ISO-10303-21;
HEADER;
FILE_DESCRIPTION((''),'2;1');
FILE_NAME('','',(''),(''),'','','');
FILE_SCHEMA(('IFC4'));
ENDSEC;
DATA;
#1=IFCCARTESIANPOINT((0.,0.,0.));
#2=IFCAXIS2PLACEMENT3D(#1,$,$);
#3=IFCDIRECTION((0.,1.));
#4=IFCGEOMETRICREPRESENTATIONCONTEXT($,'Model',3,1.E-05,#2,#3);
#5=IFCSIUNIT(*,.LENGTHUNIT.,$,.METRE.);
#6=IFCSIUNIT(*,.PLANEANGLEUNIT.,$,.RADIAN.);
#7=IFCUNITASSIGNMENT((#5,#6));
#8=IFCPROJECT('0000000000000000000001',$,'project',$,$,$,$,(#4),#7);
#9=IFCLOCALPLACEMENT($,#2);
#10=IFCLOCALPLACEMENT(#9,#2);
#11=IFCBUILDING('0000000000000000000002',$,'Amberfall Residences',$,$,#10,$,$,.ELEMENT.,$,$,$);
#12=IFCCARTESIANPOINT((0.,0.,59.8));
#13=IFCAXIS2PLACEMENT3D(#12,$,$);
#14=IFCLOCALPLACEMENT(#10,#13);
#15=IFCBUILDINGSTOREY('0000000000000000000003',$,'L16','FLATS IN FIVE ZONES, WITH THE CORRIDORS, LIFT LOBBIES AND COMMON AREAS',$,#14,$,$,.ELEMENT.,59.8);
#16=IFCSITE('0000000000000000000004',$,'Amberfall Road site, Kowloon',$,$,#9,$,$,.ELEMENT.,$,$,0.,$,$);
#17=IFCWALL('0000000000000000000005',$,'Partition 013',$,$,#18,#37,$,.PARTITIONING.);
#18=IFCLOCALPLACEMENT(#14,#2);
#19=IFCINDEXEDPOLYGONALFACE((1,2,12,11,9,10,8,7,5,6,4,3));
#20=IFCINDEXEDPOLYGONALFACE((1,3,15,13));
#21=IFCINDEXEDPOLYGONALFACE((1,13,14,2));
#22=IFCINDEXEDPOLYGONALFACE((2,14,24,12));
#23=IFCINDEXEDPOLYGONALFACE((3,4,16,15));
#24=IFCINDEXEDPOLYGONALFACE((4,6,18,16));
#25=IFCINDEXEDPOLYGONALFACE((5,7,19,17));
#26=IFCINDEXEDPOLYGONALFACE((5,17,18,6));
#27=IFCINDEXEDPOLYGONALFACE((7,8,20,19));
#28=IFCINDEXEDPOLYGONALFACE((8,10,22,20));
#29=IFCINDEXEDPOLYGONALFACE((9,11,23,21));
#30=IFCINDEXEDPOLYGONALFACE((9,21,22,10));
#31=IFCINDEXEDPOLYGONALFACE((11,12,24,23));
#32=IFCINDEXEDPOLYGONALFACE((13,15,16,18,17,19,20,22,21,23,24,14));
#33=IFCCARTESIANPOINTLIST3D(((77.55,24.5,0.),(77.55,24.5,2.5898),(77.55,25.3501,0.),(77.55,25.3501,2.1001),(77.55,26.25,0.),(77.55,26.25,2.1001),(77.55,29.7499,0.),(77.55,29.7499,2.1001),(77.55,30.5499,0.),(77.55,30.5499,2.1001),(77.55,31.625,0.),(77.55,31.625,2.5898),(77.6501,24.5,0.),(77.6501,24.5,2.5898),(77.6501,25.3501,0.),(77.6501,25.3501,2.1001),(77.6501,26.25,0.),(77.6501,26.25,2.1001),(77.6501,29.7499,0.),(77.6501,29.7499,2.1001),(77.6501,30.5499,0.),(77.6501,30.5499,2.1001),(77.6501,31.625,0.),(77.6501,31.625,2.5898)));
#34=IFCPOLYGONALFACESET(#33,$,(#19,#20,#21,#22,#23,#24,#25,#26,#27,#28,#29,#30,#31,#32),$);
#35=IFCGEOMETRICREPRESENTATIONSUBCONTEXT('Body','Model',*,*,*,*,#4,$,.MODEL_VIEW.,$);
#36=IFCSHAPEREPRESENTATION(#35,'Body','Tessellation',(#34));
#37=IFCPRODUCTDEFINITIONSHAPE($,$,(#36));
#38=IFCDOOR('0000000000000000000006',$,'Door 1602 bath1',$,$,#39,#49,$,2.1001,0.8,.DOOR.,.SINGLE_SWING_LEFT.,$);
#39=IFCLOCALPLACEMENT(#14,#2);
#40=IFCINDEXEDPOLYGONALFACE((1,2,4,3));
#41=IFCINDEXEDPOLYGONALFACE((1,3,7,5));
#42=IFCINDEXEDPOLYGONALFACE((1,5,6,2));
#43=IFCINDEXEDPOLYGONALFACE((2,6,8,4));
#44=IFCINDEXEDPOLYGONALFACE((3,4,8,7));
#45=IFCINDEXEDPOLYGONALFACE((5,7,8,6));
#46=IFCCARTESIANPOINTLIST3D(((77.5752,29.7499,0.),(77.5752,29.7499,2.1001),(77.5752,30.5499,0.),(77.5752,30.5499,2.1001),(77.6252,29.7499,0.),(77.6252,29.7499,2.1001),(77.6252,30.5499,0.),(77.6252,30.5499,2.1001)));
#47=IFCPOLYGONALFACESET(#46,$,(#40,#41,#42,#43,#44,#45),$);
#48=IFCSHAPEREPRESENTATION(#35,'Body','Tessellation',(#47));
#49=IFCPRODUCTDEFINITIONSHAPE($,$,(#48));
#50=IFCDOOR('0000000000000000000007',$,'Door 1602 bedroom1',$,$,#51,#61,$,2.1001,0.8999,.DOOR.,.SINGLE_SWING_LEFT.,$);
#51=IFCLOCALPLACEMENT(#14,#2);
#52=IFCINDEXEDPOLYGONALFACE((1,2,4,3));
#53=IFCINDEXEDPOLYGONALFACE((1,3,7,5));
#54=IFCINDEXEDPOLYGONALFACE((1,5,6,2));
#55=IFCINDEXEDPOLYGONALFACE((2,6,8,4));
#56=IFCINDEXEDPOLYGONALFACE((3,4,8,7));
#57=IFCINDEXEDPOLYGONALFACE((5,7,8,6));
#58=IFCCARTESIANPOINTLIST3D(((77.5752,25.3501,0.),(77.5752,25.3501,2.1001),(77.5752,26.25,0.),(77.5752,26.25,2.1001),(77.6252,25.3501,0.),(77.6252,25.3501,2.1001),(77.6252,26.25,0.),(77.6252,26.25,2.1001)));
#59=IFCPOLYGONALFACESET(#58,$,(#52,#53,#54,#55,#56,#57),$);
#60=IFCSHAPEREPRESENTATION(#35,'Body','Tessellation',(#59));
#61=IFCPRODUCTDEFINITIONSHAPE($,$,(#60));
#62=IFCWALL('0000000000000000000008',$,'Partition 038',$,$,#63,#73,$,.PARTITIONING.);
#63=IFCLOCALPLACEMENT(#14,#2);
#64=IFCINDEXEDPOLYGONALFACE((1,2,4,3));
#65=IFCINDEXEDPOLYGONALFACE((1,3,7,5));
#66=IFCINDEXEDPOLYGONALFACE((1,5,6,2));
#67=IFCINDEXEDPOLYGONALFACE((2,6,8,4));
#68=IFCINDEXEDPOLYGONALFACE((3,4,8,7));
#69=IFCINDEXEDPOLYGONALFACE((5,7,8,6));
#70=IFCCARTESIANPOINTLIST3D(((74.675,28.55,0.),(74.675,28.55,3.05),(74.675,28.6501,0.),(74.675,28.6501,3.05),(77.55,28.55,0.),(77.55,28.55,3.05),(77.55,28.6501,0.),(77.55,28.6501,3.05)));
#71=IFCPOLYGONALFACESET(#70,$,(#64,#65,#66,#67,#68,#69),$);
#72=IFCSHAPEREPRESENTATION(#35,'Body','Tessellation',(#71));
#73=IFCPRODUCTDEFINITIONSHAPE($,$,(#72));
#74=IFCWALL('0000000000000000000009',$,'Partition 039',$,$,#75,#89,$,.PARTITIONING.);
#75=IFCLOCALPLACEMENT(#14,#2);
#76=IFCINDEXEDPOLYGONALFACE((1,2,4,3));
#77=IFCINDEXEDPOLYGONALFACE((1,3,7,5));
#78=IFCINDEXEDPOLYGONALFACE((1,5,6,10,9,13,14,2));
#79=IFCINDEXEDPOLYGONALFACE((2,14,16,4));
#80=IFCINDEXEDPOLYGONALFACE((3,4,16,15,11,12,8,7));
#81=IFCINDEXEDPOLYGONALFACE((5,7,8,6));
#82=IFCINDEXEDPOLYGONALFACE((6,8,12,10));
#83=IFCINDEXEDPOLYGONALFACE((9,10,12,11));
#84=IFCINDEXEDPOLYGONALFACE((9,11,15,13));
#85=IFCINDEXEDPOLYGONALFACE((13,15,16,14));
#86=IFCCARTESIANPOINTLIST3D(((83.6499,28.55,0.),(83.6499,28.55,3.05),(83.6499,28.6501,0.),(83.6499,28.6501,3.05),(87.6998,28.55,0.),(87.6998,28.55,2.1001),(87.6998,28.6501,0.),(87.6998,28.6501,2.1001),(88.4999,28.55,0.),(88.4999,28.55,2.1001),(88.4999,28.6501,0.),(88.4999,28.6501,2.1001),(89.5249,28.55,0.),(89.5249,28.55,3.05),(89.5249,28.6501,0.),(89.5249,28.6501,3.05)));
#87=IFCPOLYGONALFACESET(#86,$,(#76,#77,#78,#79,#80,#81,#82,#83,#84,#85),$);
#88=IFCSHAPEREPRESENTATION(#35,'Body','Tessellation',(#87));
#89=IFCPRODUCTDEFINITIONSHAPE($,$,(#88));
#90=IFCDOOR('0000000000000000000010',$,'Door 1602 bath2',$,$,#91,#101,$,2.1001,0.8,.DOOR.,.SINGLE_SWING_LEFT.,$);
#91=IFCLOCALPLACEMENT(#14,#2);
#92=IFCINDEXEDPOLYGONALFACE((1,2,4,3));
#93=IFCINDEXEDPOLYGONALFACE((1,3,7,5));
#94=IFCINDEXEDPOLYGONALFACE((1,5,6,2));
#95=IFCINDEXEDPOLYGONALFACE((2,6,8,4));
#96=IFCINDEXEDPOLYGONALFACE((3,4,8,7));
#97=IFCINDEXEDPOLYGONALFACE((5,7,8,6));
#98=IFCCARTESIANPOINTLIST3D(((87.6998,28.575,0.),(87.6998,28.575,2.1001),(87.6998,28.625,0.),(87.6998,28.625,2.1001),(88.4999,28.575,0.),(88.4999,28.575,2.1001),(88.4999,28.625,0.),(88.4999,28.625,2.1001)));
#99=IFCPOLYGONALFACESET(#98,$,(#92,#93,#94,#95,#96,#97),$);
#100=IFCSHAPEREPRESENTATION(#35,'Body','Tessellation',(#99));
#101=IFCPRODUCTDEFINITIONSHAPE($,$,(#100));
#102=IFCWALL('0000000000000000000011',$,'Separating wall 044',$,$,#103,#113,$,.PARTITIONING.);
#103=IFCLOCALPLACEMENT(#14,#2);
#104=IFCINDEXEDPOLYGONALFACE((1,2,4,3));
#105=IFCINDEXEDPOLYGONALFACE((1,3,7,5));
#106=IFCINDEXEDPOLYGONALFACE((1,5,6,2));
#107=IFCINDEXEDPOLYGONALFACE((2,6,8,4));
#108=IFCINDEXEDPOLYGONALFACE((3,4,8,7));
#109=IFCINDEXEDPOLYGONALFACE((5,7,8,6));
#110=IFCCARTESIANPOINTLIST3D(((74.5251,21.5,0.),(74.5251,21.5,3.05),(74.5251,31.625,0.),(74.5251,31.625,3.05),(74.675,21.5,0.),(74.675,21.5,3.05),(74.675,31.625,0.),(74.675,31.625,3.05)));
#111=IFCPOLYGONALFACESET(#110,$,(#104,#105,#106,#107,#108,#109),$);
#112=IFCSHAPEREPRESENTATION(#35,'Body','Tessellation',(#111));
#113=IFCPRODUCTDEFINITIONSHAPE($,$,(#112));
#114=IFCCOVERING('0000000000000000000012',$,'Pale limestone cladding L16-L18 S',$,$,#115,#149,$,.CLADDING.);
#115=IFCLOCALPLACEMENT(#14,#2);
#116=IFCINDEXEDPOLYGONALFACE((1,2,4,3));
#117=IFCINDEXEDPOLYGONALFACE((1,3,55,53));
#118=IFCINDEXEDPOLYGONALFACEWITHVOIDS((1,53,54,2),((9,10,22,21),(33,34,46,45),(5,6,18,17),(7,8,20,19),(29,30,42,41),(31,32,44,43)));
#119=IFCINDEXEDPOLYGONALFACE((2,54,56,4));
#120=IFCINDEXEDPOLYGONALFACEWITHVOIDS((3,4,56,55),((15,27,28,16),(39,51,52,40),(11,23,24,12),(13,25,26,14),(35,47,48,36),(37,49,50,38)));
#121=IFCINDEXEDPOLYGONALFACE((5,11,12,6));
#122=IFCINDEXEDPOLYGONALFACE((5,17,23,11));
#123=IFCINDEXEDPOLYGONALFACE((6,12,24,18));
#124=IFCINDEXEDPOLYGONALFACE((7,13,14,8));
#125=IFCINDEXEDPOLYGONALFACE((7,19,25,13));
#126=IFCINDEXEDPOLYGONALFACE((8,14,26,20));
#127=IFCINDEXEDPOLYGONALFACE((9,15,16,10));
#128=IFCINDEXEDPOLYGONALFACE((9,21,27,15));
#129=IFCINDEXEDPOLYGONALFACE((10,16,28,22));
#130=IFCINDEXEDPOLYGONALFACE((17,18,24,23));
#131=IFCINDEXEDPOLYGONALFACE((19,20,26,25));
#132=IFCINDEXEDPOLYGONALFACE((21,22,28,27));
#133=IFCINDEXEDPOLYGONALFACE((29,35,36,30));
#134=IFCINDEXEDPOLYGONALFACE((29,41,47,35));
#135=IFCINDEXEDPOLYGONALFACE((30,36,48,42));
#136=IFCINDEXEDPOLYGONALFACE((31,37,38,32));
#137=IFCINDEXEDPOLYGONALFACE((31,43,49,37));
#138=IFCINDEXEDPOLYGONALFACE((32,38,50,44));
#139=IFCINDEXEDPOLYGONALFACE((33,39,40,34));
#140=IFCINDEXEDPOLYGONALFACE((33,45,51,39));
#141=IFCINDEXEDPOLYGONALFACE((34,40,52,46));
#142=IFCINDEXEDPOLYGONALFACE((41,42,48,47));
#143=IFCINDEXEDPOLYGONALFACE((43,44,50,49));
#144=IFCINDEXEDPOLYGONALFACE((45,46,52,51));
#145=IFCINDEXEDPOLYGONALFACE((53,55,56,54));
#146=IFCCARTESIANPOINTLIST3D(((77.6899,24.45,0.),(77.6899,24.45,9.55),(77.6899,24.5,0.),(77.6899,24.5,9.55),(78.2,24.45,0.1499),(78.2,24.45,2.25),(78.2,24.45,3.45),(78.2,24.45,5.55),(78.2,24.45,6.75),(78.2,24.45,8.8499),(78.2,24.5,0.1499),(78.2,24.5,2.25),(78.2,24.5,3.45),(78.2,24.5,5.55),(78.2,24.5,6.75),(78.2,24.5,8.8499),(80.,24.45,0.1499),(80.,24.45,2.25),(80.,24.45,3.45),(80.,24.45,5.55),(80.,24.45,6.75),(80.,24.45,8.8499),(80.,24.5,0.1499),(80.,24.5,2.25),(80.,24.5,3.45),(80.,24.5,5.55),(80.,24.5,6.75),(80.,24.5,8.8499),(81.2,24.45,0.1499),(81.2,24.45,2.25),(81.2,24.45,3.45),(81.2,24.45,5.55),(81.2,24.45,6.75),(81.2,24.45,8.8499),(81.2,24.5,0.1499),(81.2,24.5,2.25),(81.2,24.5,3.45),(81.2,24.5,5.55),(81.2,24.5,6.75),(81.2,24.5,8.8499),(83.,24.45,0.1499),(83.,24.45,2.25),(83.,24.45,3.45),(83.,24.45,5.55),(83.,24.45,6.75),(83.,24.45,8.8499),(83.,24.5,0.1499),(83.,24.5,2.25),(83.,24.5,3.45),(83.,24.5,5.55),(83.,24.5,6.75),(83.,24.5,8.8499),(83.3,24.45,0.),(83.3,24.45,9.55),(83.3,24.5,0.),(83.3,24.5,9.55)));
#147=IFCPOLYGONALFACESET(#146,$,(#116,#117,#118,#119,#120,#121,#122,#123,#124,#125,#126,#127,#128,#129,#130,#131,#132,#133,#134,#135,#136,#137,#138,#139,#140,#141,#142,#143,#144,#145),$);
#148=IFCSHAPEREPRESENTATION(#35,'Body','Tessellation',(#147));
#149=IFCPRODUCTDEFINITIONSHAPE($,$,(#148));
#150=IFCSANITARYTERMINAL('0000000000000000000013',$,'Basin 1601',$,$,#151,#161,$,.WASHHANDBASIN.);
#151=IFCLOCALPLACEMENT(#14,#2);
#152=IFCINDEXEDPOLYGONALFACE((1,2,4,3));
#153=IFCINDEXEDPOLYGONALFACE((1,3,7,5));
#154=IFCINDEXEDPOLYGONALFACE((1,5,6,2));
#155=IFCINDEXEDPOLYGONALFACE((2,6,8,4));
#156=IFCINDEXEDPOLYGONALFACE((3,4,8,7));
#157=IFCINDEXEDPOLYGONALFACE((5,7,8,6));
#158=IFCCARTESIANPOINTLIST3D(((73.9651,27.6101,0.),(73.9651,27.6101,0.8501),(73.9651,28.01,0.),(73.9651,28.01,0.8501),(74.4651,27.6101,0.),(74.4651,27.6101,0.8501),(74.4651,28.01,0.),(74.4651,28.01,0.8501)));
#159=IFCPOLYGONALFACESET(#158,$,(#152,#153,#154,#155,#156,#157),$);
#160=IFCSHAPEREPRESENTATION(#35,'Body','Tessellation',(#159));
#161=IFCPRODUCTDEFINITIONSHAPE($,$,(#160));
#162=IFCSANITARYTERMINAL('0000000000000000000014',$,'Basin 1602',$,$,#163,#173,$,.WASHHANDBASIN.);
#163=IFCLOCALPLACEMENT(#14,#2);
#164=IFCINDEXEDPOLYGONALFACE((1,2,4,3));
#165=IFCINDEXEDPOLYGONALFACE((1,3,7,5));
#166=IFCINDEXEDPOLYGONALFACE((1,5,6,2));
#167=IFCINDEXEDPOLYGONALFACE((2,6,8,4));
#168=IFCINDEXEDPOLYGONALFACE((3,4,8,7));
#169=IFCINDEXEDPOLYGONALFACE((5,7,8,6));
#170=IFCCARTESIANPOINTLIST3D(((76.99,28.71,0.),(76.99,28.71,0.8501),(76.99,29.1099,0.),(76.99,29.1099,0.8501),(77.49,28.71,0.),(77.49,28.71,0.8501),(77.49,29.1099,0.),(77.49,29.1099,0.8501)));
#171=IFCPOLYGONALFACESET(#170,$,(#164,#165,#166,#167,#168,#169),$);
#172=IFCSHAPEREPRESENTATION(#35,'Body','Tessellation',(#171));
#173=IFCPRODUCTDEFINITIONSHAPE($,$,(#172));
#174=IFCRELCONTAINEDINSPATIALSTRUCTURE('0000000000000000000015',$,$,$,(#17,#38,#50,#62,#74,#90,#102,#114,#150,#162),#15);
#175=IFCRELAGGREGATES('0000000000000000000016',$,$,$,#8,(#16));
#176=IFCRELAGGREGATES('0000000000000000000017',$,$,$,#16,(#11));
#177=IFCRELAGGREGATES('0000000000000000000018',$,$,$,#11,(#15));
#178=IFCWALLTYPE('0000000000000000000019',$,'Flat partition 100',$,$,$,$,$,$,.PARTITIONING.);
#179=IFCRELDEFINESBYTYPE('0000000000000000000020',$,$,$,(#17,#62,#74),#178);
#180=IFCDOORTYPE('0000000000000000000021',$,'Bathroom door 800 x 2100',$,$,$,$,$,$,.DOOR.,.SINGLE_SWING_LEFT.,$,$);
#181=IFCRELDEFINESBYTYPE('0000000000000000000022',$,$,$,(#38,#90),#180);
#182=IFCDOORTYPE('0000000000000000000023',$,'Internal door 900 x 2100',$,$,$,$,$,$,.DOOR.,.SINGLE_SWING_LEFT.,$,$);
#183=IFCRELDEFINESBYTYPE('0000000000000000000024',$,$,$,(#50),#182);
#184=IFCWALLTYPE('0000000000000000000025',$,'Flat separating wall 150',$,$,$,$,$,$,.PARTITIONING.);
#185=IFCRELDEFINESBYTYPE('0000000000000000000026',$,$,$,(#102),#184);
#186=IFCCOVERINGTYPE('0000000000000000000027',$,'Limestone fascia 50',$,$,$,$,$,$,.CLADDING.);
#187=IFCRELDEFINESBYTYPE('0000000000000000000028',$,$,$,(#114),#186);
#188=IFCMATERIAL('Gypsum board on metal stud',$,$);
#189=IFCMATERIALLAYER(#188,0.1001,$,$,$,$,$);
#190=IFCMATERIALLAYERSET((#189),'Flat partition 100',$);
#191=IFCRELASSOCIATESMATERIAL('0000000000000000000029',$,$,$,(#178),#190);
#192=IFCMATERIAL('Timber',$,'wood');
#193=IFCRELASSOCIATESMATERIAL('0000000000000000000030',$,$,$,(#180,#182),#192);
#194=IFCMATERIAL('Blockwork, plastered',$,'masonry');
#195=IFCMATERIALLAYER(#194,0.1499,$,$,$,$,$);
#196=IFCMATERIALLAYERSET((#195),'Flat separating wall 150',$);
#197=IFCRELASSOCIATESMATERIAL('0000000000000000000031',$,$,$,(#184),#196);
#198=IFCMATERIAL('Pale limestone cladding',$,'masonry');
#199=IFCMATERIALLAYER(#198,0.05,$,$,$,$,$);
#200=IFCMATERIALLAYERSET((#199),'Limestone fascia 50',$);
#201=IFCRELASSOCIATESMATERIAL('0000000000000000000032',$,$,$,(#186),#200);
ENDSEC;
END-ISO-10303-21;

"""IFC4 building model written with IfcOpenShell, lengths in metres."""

from ifc_helpers import new_model, si_unit, direction, frame, frame_2d, origin, origin_2d, place, context, subcontext, project, spatial, polyline, rectangle, outline, extrude, material, layer, layer_set, type_object, element, fill, save


model = new_model("IFC4")

# Units and contexts
model_context = context("Model", 3, precision=1e-05, world=origin(), true_north=direction((0.0, 1.0)))
body_context = subcontext(model_context, "Body", "Model", "MODEL_VIEW")
ifc_project = project(units=[si_unit("LENGTHUNIT", "METRE"), si_unit("PLANEANGLEUNIT", "RADIAN")], contexts=[model_context])

# Site, building, storey
site_placement = place(None, origin())
site = spatial("IfcSite", under=ifc_project, at=site_placement, Name="Amberfall Road site, Kowloon", CompositionType="ELEMENT", RefElevation=0.0)
building_placement = place(site_placement, origin())
building = spatial("IfcBuilding", under=site, at=building_placement, Name="Amberfall Residences", CompositionType="ELEMENT")
storey_placement = place(building_placement, frame((0.0, 0.0, 59.8)))
storey = spatial("IfcBuildingStorey", under=building, at=storey_placement, Name="L16", Description="FLATS IN FIVE ZONES, WITH THE CORRIDORS, LIFT LOBBIES AND COMMON AREAS", CompositionType="ELEMENT", Elevation=59.8)

# Wall, openings, doors
ifc_material_1 = material(Name="Gypsum board on metal stud")
ifc_layer_1 = layer(ifc_material_1, 0.1001)
ifc_layer_set_1 = layer_set([ifc_layer_1], Name="Flat partition 100")
wall_type_1 = type_object("IfcWallType", Name="Flat partition 100", PredefinedType="PARTITIONING", material=ifc_layer_set_1)
wall_1_placement = place(storey_placement, frame((77.6001, 24.5, 0.0), z_axis=(0.0, 0.0, 1.0), x_axis=(0.0, 1.0, 0.0)))
wall_1 = element("IfcWall", 1, at=wall_1_placement, inside=storey, type_object=wall_type_1, Name="Partition 013", PredefinedType="PARTITIONING", context=body_context, shape_type="SweptSolid", body=[
    extrude(rectangle(XDim=7.125, YDim=0.1001, at=frame_2d((3.5625, 0.0))), origin(), (0.0, 0.0, 1.0), 2.5898),
])
opening_1_placement = place(wall_1_placement, frame((0.8501, 0.0, 0.0)))
opening_1 = element("IfcOpeningElement", 2, at=opening_1_placement, cuts=wall_1, PredefinedType="OPENING", context=body_context, shape_type="SweptSolid", body=[
    extrude(rectangle(XDim=0.8999, YDim=2.1001, at=frame_2d((0.45, 1.05))), frame((0.0, 0.0601, 0.0), z_axis=(0.0, -1.0, 0.0), x_axis=(1.0, 0.0, 0.0)), (0.0, 0.0, 1.0), 0.1201),
])
opening_2_placement = place(wall_1_placement, frame((5.25, 0.0, 0.0)))
opening_2 = element("IfcOpeningElement", 3, at=opening_2_placement, cuts=wall_1, PredefinedType="OPENING", context=body_context, shape_type="SweptSolid", body=[
    extrude(rectangle(XDim=0.8, YDim=2.1001, at=frame_2d((0.3999, 1.05))), frame((0.0, 0.0601, 0.0), z_axis=(0.0, -1.0, 0.0), x_axis=(1.0, 0.0, 0.0)), (0.0, 0.0, 1.0), 0.1201),
])
ifc_material_2 = material(Name="Timber", Category="wood")
door_type_1 = type_object("IfcDoorType", Name="Bathroom door 800 x 2100", OperationType="SINGLE_SWING_LEFT", PredefinedType="DOOR", material=ifc_material_2)
door_1_placement = place(opening_2_placement, origin())
door_1 = element("IfcDoor", 4, at=door_1_placement, inside=storey, type_object=door_type_1, Name="Door 1602 bath1", OperationType="SINGLE_SWING_LEFT", OverallHeight=2.1001, OverallWidth=0.8, PredefinedType="DOOR", context=body_context, shape_type="SweptSolid", body=[
    extrude(rectangle(XDim=0.8, YDim=2.1001, at=frame_2d((0.3999, 1.05))), frame((0.0, 0.0249, 0.0), z_axis=(0.0, -1.0, 0.0), x_axis=(1.0, 0.0, 0.0)), (0.0, 0.0, 1.0), 0.05),
])
fill(opening_2, door_1)
door_type_2 = type_object("IfcDoorType", Name="Internal door 900 x 2100", OperationType="SINGLE_SWING_LEFT", PredefinedType="DOOR", material=ifc_material_2)
door_2_placement = place(opening_1_placement, origin())
door_2 = element("IfcDoor", 5, at=door_2_placement, inside=storey, type_object=door_type_2, Name="Door 1602 bedroom1", OperationType="SINGLE_SWING_LEFT", OverallHeight=2.1001, OverallWidth=0.8999, PredefinedType="DOOR", context=body_context, shape_type="SweptSolid", body=[
    extrude(rectangle(XDim=0.8999, YDim=2.1001, at=frame_2d((0.45, 1.05))), frame((0.0, 0.0249, 0.0), z_axis=(0.0, -1.0, 0.0), x_axis=(1.0, 0.0, 0.0)), (0.0, 0.0, 1.0), 0.05),
])
fill(opening_1, door_2)

# Wall
wall_2_placement = place(storey_placement, frame((74.675, 28.6001, 0.0), z_axis=(0.0, 0.0, 1.0), x_axis=(1.0, 0.0, 0.0)))
element("IfcWall", 6, at=wall_2_placement, inside=storey, type_object=wall_type_1, Name="Partition 038", PredefinedType="PARTITIONING", context=body_context, shape_type="SweptSolid", body=[
    extrude(rectangle(XDim=2.875, YDim=0.1001, at=frame_2d((1.4375, 0.0))), origin(), (0.0, 0.0, 1.0), 3.05),
])

# Wall, opening, door
wall_3_placement = place(storey_placement, frame((83.6499, 28.6001, 0.0), z_axis=(0.0, 0.0, 1.0), x_axis=(1.0, 0.0, 0.0)))
wall_3 = element("IfcWall", 7, at=wall_3_placement, inside=storey, type_object=wall_type_1, Name="Partition 039", PredefinedType="PARTITIONING", context=body_context, shape_type="SweptSolid", body=[
    extrude(rectangle(XDim=5.875, YDim=0.1001, at=frame_2d((2.9375, 0.0))), origin(), (0.0, 0.0, 1.0), 3.05),
])
opening_3_placement = place(wall_3_placement, frame((4.05, 0.0, 0.0)))
opening_3 = element("IfcOpeningElement", 8, at=opening_3_placement, cuts=wall_3, PredefinedType="OPENING", context=body_context, shape_type="SweptSolid", body=[
    extrude(rectangle(XDim=0.8, YDim=2.1001, at=frame_2d((0.3999, 1.05))), frame((0.0, 0.0601, 0.0), z_axis=(0.0, -1.0, 0.0), x_axis=(1.0, 0.0, 0.0)), (0.0, 0.0, 1.0), 0.1201),
])
door_3_placement = place(opening_3_placement, origin())
door_3 = element("IfcDoor", 9, at=door_3_placement, inside=storey, type_object=door_type_1, Name="Door 1602 bath2", OperationType="SINGLE_SWING_LEFT", OverallHeight=2.1001, OverallWidth=0.8, PredefinedType="DOOR", context=body_context, shape_type="SweptSolid", body=[
    extrude(rectangle(XDim=0.8, YDim=2.1001, at=frame_2d((0.3999, 1.05))), frame((0.0, 0.0249, 0.0), z_axis=(0.0, -1.0, 0.0), x_axis=(1.0, 0.0, 0.0)), (0.0, 0.0, 1.0), 0.05),
])
fill(opening_3, door_3)

# Wall
ifc_material_3 = material(Name="Blockwork, plastered", Category="masonry")
ifc_layer_2 = layer(ifc_material_3, 0.1499)
ifc_layer_set_2 = layer_set([ifc_layer_2], Name="Flat separating wall 150")
wall_type_2 = type_object("IfcWallType", Name="Flat separating wall 150", PredefinedType="PARTITIONING", material=ifc_layer_set_2)
wall_4_placement = place(storey_placement, frame((74.6001, 21.5, 0.0), z_axis=(0.0, 0.0, 1.0), x_axis=(0.0, 1.0, 0.0)))
element("IfcWall", 10, at=wall_4_placement, inside=storey, type_object=wall_type_2, Name="Separating wall 044", PredefinedType="PARTITIONING", context=body_context, shape_type="SweptSolid", body=[
    extrude(rectangle(XDim=10.125, YDim=0.1499, at=frame_2d((5.0625, 0.0))), origin(), (0.0, 0.0, 1.0), 3.05),
])

# Covering
ifc_material_4 = material(Name="Pale limestone cladding", Category="masonry")
ifc_layer_3 = layer(ifc_material_4, 0.05)
ifc_layer_set_3 = layer_set([ifc_layer_3], Name="Limestone fascia 50")
covering_type = type_object("IfcCoveringType", Name="Limestone fascia 50", PredefinedType="CLADDING", material=ifc_layer_set_3)
covering_placement = place(storey_placement, frame((77.6899, 24.5, 9.55), z_axis=(0.0, 1.0, 0.0), x_axis=(1.0, 0.0, 0.0)))
element("IfcCovering", 11, at=covering_placement, inside=storey, type_object=covering_type, Name="Pale limestone cladding L16-L18 S", PredefinedType="CLADDING", context=body_context, shape_type="SweptSolid", body=[
    extrude(outline(polyline([(0.0, 0.0), (5.6101, 0.0), (5.6101, 9.55), (0.0, 9.55), (0.0, 0.0)]), holes=[polyline([(0.51, 7.3), (2.3101, 7.3), (2.3101, 9.4001), (0.51, 9.4001), (0.51, 7.3)]), polyline([(3.51, 7.3), (5.3101, 7.3), (5.3101, 9.4001), (3.51, 9.4001), (3.51, 7.3)]), polyline([(0.51, 4.0), (2.3101, 4.0), (2.3101, 6.1001), (0.51, 6.1001), (0.51, 4.0)]), polyline([(3.51, 4.0), (5.3101, 4.0), (5.3101, 6.1001), (3.51, 6.1001), (3.51, 4.0)]), polyline([(0.51, 0.7002), (2.3101, 0.7002), (2.3101, 2.8), (0.51, 2.8), (0.51, 0.7002)]), polyline([(3.51, 0.7002), (5.3101, 0.7002), (5.3101, 2.8), (3.51, 2.8), (3.51, 0.7002)])]), origin(), (0.0, 0.0, -1.0), 0.05),
])

# Sanitary terminals
for number, where, z_axis, x_axis, name in (
    (12, (74.2151, 27.8101, 0.0), (0.0, 0.0, 1.0), (1.0, 0.0, 0.0), "Basin 1601"),
    (13, (77.24, 28.9099, 0.0), (0.0, 0.0, 1.0), (1.0, 0.0, 0.0), "Basin 1602"),
):
    element("IfcSanitaryTerminal", number, at=place(storey_placement, frame(where, z_axis=z_axis, x_axis=x_axis)), inside=storey, Name=name, PredefinedType="WASHHANDBASIN", context=body_context, shape_type="SweptSolid", body=[
        extrude(rectangle(XDim=0.5, YDim=0.3999, at=origin_2d()), origin(), (0.0, 0.0, 1.0), 0.8501),
    ])

save(model, "model.ifc")
